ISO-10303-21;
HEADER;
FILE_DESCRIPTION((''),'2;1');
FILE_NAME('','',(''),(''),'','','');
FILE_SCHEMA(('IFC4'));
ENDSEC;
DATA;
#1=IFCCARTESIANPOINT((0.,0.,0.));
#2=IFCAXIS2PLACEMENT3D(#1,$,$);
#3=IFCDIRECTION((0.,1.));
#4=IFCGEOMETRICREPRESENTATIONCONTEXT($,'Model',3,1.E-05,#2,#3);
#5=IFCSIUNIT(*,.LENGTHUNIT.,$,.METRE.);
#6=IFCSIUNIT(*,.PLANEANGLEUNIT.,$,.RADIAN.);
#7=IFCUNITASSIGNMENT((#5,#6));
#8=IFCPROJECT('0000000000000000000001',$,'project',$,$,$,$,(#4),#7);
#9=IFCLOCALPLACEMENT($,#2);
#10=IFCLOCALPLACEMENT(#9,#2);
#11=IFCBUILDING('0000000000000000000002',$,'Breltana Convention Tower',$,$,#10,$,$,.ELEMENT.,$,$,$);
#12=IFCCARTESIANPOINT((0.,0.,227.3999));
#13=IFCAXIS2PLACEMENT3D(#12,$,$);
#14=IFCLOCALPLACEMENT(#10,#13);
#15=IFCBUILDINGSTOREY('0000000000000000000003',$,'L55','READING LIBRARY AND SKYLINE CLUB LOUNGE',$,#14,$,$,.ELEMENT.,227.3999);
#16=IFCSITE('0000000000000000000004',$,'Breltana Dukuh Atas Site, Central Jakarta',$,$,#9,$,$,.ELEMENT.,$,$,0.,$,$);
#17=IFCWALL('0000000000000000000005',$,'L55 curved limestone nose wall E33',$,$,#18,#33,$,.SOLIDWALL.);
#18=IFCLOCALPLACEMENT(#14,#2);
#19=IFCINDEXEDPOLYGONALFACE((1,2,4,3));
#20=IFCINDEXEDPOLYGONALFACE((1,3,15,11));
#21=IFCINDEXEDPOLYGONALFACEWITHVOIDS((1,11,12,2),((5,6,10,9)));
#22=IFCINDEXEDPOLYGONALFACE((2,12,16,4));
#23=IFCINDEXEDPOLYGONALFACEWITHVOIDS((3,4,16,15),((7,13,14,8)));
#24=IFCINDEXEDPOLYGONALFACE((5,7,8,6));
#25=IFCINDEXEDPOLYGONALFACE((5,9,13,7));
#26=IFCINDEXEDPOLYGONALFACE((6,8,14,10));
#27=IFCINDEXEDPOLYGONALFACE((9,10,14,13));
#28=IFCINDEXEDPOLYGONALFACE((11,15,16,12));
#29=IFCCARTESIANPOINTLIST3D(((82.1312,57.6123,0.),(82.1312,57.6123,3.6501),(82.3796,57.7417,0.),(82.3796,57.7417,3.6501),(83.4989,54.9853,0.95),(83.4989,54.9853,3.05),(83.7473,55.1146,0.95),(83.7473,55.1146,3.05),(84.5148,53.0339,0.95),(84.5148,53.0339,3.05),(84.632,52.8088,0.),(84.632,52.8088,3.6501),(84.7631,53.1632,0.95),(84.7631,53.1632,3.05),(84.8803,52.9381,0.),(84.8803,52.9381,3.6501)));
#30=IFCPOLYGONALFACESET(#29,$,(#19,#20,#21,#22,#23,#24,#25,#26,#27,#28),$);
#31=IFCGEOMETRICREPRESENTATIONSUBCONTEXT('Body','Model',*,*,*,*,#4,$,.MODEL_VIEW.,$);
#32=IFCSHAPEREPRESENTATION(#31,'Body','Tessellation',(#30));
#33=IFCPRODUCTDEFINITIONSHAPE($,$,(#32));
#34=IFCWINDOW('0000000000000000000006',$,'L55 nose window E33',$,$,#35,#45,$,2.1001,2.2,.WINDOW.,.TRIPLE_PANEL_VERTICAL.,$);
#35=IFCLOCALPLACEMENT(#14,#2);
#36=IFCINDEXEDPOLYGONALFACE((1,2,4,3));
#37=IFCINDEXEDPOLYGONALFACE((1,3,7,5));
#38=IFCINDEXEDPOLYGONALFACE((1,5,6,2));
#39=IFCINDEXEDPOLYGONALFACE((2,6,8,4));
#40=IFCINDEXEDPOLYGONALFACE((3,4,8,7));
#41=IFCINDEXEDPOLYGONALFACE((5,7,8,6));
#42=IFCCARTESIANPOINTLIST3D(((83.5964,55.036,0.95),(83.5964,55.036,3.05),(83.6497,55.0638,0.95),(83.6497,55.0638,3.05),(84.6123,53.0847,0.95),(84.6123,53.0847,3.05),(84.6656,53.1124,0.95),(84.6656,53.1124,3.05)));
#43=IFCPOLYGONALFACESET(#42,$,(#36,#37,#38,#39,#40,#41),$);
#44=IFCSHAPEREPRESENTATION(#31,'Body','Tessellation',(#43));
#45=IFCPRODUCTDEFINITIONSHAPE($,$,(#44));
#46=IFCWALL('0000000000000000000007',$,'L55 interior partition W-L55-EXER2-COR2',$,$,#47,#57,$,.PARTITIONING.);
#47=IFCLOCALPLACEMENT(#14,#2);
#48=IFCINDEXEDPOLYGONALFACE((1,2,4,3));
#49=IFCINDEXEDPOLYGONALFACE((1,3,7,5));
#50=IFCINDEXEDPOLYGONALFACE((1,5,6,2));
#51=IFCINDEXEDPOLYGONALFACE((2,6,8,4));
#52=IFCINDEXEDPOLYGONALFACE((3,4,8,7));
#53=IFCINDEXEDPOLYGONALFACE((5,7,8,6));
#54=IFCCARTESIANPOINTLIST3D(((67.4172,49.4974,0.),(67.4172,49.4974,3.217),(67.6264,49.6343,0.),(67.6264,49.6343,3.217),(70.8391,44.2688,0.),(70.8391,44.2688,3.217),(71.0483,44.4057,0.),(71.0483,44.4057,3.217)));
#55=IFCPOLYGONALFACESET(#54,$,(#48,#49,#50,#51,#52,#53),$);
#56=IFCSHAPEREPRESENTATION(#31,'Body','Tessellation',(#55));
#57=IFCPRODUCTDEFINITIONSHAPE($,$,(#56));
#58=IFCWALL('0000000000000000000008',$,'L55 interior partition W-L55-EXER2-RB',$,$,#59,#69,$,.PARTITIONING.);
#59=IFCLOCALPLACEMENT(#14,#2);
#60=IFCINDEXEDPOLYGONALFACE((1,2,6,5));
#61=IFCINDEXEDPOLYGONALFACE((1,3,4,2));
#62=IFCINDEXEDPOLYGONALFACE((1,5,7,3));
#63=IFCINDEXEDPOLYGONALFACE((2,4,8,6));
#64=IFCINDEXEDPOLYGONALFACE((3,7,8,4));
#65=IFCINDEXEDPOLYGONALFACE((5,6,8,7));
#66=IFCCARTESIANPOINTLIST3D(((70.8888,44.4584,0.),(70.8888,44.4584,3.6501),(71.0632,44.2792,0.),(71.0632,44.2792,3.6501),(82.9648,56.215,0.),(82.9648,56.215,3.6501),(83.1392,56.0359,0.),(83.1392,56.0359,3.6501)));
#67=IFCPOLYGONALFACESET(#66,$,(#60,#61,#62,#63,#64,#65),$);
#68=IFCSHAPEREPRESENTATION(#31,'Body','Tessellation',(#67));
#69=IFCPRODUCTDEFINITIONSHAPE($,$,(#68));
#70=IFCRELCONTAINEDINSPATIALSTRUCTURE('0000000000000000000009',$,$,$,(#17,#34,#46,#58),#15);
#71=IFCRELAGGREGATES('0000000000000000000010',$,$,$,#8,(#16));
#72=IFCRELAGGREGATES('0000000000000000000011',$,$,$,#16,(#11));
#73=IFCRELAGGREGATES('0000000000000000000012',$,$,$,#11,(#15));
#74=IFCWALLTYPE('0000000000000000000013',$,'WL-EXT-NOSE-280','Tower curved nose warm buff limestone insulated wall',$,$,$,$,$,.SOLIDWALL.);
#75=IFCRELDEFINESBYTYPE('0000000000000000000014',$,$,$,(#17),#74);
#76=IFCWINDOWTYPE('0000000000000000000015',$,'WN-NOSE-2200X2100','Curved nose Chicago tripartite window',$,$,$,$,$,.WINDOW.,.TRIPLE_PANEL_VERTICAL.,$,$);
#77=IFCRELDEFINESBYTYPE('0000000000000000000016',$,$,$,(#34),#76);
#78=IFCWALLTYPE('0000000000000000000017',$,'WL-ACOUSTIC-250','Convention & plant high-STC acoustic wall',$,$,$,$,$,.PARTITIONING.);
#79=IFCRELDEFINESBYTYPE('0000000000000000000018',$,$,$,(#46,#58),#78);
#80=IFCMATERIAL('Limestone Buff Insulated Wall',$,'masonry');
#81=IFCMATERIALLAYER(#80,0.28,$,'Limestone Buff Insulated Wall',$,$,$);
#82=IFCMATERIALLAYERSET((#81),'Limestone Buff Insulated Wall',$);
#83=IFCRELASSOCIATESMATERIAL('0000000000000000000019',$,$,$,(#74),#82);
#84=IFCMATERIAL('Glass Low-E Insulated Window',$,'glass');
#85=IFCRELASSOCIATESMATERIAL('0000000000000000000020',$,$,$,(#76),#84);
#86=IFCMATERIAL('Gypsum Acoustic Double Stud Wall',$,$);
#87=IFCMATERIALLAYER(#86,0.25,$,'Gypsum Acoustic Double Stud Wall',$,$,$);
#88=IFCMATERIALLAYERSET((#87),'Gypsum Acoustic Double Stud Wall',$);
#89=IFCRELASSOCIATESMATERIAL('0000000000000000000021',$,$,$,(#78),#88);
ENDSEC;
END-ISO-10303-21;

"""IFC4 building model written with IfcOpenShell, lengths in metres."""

from ifc_helpers import new_model, si_unit, direction, frame, frame_2d, origin, place, context, subcontext, project, spatial, rectangle, extrude, source, transform, mapped, material, layer, layer_set, type_object, type_shapes, element, fill, save


model = new_model("IFC4")

# Units and contexts
model_context = context("Model", 3, precision=1e-05, world=origin(), true_north=direction((0.0, 1.0)))
body_context = subcontext(model_context, "Body", "Model", "MODEL_VIEW")
ifc_project = project(units=[si_unit("LENGTHUNIT", "METRE"), si_unit("PLANEANGLEUNIT", "RADIAN")], contexts=[model_context])

# Site, building, storey
site_placement = place(None, origin())
site = spatial("IfcSite", under=ifc_project, at=site_placement, Name="Breltana Dukuh Atas Site, Central Jakarta", CompositionType="ELEMENT", RefElevation=0.0)
building_placement = place(site_placement, origin())
building = spatial("IfcBuilding", under=site, at=building_placement, Name="Breltana Convention Tower", CompositionType="ELEMENT")
storey_placement = place(building_placement, frame((0.0, 0.0, 227.3999)))
storey = spatial("IfcBuildingStorey", under=building, at=storey_placement, Name="L55", Description="READING LIBRARY AND SKYLINE CLUB LOUNGE", CompositionType="ELEMENT", Elevation=227.3999)

# Wall, opening, window
ifc_material_1 = material(Name="Limestone Buff Insulated Wall", Category="masonry")
ifc_layer_1 = layer(ifc_material_1, 0.28, Name="Limestone Buff Insulated Wall")
ifc_layer_set_1 = layer_set([ifc_layer_1], Name="Limestone Buff Insulated Wall")
wall_type_1 = type_object("IfcWallType", Name="WL-EXT-NOSE-280", Description="Tower curved nose warm buff limestone insulated wall", PredefinedType="SOLIDWALL", material=ifc_layer_set_1)
ifc_material_2 = material(Name="Glass Low-E Insulated Window", Category="glass")
window_type = type_object("IfcWindowType", Name="WN-NOSE-2200X2100", Description="Curved nose Chicago tripartite window", PartitioningType="TRIPLE_PANEL_VERTICAL", PredefinedType="WINDOW", material=ifc_material_2)
shared_shape_1 = source(origin(), body_context, "Body", "SweptSolid", [
    extrude(rectangle(XDim=2.2, YDim=2.1001, at=frame_2d((1.1001, 1.05))), frame((0.0, 0.03, 0.0), z_axis=(0.0, -1.0, 0.0), x_axis=(1.0, 0.0, 0.0)), (0.0, 0.0, 1.0), 0.0601),
])
type_shapes(window_type, [shared_shape_1])
shared_shape_2 = source(origin(), body_context, "Body", "SweptSolid", [
    extrude(rectangle(XDim=5.4155, YDim=0.28, at=frame_2d((2.7078, 0.0))), origin(), (0.0, 0.0, 1.0), 3.6501),
])
wall_1_placement = place(storey_placement, frame((82.2554, 57.677, 0.0), z_axis=(0.0, 0.0, 1.0), x_axis=(0.461779, -0.886995, 0.0)))
wall_1 = element("IfcWall", 1, at=wall_1_placement, inside=storey, type_object=wall_type_1, Name="L55 curved limestone nose wall E33", PredefinedType="SOLIDWALL", context=body_context, shape_type="MappedRepresentation", body=[
    mapped(shared_shape_2, transform((0.0, 0.0, 0.0), scale=1.0)),
])
opening_1_placement = place(wall_1_placement, frame((2.9617, 0.0, 0.95)))
opening_1 = element("IfcOpeningElement", 2, at=opening_1_placement, cuts=wall_1, PredefinedType="OPENING", context=body_context, shape_type="SweptSolid", body=[
    extrude(rectangle(XDim=2.2, YDim=2.1001, at=frame_2d((1.1001, 1.05))), frame((0.0, 0.1499, 0.0), z_axis=(0.0, -1.0, 0.0), x_axis=(1.0, 0.0, 0.0)), (0.0, 0.0, 1.0), 0.3),
])
window_1_placement = place(opening_1_placement, origin())
window_1 = element("IfcWindow", 3, at=window_1_placement, inside=storey, type_object=window_type, Name="L55 nose window E33", OverallHeight=2.1001, OverallWidth=2.2, PartitioningType="TRIPLE_PANEL_VERTICAL", PredefinedType="WINDOW", context=body_context, shape_type="MappedRepresentation", body=[
    mapped(shared_shape_1, transform((0.0, 0.0, 0.0), scale=1.0)),
])
fill(opening_1, window_1)

# Walls
ifc_material_3 = material(Name="Gypsum Acoustic Double Stud Wall")
ifc_layer_2 = layer(ifc_material_3, 0.25, Name="Gypsum Acoustic Double Stud Wall")
ifc_layer_set_2 = layer_set([ifc_layer_2], Name="Gypsum Acoustic Double Stud Wall")
wall_type_2 = type_object("IfcWallType", Name="WL-ACOUSTIC-250", Description="Convention & plant high-STC acoustic wall", PredefinedType="PARTITIONING", material=ifc_layer_set_2)
shared_shape_3 = source(origin(), body_context, "Body", "SweptSolid", [
    extrude(rectangle(XDim=6.2488, YDim=0.25, at=frame_2d((3.1245, 0.0))), origin(), (0.0, 0.0, 1.0), 3.217),
])
wall_2_placement = place(storey_placement, frame((67.5217, 49.5659, 0.0), z_axis=(0.0, 0.0, 1.0), x_axis=(0.547611, -0.836733, 0.0)))
element("IfcWall", 4, at=wall_2_placement, inside=storey, type_object=wall_type_2, Name="L55 interior partition W-L55-EXER2-COR2", PredefinedType="PARTITIONING", context=body_context, shape_type="MappedRepresentation", body=[
    mapped(shared_shape_3, transform((0.0, 0.0, 0.0), scale=1.0)),
])
shared_shape_4 = source(origin(), body_context, "Body", "SweptSolid", [
    extrude(rectangle(XDim=16.8538, YDim=0.25, at=frame_2d((8.4268, 0.0))), origin(), (0.0, 0.0, 1.0), 3.6501),
])
wall_3_placement = place(storey_placement, frame((70.9761, 44.3689, 0.0), z_axis=(0.0, 0.0, 1.0), x_axis=(0.716517, 0.69757, 0.0)))
element("IfcWall", 5, at=wall_3_placement, inside=storey, type_object=wall_type_2, Name="L55 interior partition W-L55-EXER2-RB", PredefinedType="PARTITIONING", context=body_context, shape_type="MappedRepresentation", body=[
    mapped(shared_shape_4, transform((0.0, 0.0, 0.0), scale=1.0)),
])

save(model, "model.ifc")
